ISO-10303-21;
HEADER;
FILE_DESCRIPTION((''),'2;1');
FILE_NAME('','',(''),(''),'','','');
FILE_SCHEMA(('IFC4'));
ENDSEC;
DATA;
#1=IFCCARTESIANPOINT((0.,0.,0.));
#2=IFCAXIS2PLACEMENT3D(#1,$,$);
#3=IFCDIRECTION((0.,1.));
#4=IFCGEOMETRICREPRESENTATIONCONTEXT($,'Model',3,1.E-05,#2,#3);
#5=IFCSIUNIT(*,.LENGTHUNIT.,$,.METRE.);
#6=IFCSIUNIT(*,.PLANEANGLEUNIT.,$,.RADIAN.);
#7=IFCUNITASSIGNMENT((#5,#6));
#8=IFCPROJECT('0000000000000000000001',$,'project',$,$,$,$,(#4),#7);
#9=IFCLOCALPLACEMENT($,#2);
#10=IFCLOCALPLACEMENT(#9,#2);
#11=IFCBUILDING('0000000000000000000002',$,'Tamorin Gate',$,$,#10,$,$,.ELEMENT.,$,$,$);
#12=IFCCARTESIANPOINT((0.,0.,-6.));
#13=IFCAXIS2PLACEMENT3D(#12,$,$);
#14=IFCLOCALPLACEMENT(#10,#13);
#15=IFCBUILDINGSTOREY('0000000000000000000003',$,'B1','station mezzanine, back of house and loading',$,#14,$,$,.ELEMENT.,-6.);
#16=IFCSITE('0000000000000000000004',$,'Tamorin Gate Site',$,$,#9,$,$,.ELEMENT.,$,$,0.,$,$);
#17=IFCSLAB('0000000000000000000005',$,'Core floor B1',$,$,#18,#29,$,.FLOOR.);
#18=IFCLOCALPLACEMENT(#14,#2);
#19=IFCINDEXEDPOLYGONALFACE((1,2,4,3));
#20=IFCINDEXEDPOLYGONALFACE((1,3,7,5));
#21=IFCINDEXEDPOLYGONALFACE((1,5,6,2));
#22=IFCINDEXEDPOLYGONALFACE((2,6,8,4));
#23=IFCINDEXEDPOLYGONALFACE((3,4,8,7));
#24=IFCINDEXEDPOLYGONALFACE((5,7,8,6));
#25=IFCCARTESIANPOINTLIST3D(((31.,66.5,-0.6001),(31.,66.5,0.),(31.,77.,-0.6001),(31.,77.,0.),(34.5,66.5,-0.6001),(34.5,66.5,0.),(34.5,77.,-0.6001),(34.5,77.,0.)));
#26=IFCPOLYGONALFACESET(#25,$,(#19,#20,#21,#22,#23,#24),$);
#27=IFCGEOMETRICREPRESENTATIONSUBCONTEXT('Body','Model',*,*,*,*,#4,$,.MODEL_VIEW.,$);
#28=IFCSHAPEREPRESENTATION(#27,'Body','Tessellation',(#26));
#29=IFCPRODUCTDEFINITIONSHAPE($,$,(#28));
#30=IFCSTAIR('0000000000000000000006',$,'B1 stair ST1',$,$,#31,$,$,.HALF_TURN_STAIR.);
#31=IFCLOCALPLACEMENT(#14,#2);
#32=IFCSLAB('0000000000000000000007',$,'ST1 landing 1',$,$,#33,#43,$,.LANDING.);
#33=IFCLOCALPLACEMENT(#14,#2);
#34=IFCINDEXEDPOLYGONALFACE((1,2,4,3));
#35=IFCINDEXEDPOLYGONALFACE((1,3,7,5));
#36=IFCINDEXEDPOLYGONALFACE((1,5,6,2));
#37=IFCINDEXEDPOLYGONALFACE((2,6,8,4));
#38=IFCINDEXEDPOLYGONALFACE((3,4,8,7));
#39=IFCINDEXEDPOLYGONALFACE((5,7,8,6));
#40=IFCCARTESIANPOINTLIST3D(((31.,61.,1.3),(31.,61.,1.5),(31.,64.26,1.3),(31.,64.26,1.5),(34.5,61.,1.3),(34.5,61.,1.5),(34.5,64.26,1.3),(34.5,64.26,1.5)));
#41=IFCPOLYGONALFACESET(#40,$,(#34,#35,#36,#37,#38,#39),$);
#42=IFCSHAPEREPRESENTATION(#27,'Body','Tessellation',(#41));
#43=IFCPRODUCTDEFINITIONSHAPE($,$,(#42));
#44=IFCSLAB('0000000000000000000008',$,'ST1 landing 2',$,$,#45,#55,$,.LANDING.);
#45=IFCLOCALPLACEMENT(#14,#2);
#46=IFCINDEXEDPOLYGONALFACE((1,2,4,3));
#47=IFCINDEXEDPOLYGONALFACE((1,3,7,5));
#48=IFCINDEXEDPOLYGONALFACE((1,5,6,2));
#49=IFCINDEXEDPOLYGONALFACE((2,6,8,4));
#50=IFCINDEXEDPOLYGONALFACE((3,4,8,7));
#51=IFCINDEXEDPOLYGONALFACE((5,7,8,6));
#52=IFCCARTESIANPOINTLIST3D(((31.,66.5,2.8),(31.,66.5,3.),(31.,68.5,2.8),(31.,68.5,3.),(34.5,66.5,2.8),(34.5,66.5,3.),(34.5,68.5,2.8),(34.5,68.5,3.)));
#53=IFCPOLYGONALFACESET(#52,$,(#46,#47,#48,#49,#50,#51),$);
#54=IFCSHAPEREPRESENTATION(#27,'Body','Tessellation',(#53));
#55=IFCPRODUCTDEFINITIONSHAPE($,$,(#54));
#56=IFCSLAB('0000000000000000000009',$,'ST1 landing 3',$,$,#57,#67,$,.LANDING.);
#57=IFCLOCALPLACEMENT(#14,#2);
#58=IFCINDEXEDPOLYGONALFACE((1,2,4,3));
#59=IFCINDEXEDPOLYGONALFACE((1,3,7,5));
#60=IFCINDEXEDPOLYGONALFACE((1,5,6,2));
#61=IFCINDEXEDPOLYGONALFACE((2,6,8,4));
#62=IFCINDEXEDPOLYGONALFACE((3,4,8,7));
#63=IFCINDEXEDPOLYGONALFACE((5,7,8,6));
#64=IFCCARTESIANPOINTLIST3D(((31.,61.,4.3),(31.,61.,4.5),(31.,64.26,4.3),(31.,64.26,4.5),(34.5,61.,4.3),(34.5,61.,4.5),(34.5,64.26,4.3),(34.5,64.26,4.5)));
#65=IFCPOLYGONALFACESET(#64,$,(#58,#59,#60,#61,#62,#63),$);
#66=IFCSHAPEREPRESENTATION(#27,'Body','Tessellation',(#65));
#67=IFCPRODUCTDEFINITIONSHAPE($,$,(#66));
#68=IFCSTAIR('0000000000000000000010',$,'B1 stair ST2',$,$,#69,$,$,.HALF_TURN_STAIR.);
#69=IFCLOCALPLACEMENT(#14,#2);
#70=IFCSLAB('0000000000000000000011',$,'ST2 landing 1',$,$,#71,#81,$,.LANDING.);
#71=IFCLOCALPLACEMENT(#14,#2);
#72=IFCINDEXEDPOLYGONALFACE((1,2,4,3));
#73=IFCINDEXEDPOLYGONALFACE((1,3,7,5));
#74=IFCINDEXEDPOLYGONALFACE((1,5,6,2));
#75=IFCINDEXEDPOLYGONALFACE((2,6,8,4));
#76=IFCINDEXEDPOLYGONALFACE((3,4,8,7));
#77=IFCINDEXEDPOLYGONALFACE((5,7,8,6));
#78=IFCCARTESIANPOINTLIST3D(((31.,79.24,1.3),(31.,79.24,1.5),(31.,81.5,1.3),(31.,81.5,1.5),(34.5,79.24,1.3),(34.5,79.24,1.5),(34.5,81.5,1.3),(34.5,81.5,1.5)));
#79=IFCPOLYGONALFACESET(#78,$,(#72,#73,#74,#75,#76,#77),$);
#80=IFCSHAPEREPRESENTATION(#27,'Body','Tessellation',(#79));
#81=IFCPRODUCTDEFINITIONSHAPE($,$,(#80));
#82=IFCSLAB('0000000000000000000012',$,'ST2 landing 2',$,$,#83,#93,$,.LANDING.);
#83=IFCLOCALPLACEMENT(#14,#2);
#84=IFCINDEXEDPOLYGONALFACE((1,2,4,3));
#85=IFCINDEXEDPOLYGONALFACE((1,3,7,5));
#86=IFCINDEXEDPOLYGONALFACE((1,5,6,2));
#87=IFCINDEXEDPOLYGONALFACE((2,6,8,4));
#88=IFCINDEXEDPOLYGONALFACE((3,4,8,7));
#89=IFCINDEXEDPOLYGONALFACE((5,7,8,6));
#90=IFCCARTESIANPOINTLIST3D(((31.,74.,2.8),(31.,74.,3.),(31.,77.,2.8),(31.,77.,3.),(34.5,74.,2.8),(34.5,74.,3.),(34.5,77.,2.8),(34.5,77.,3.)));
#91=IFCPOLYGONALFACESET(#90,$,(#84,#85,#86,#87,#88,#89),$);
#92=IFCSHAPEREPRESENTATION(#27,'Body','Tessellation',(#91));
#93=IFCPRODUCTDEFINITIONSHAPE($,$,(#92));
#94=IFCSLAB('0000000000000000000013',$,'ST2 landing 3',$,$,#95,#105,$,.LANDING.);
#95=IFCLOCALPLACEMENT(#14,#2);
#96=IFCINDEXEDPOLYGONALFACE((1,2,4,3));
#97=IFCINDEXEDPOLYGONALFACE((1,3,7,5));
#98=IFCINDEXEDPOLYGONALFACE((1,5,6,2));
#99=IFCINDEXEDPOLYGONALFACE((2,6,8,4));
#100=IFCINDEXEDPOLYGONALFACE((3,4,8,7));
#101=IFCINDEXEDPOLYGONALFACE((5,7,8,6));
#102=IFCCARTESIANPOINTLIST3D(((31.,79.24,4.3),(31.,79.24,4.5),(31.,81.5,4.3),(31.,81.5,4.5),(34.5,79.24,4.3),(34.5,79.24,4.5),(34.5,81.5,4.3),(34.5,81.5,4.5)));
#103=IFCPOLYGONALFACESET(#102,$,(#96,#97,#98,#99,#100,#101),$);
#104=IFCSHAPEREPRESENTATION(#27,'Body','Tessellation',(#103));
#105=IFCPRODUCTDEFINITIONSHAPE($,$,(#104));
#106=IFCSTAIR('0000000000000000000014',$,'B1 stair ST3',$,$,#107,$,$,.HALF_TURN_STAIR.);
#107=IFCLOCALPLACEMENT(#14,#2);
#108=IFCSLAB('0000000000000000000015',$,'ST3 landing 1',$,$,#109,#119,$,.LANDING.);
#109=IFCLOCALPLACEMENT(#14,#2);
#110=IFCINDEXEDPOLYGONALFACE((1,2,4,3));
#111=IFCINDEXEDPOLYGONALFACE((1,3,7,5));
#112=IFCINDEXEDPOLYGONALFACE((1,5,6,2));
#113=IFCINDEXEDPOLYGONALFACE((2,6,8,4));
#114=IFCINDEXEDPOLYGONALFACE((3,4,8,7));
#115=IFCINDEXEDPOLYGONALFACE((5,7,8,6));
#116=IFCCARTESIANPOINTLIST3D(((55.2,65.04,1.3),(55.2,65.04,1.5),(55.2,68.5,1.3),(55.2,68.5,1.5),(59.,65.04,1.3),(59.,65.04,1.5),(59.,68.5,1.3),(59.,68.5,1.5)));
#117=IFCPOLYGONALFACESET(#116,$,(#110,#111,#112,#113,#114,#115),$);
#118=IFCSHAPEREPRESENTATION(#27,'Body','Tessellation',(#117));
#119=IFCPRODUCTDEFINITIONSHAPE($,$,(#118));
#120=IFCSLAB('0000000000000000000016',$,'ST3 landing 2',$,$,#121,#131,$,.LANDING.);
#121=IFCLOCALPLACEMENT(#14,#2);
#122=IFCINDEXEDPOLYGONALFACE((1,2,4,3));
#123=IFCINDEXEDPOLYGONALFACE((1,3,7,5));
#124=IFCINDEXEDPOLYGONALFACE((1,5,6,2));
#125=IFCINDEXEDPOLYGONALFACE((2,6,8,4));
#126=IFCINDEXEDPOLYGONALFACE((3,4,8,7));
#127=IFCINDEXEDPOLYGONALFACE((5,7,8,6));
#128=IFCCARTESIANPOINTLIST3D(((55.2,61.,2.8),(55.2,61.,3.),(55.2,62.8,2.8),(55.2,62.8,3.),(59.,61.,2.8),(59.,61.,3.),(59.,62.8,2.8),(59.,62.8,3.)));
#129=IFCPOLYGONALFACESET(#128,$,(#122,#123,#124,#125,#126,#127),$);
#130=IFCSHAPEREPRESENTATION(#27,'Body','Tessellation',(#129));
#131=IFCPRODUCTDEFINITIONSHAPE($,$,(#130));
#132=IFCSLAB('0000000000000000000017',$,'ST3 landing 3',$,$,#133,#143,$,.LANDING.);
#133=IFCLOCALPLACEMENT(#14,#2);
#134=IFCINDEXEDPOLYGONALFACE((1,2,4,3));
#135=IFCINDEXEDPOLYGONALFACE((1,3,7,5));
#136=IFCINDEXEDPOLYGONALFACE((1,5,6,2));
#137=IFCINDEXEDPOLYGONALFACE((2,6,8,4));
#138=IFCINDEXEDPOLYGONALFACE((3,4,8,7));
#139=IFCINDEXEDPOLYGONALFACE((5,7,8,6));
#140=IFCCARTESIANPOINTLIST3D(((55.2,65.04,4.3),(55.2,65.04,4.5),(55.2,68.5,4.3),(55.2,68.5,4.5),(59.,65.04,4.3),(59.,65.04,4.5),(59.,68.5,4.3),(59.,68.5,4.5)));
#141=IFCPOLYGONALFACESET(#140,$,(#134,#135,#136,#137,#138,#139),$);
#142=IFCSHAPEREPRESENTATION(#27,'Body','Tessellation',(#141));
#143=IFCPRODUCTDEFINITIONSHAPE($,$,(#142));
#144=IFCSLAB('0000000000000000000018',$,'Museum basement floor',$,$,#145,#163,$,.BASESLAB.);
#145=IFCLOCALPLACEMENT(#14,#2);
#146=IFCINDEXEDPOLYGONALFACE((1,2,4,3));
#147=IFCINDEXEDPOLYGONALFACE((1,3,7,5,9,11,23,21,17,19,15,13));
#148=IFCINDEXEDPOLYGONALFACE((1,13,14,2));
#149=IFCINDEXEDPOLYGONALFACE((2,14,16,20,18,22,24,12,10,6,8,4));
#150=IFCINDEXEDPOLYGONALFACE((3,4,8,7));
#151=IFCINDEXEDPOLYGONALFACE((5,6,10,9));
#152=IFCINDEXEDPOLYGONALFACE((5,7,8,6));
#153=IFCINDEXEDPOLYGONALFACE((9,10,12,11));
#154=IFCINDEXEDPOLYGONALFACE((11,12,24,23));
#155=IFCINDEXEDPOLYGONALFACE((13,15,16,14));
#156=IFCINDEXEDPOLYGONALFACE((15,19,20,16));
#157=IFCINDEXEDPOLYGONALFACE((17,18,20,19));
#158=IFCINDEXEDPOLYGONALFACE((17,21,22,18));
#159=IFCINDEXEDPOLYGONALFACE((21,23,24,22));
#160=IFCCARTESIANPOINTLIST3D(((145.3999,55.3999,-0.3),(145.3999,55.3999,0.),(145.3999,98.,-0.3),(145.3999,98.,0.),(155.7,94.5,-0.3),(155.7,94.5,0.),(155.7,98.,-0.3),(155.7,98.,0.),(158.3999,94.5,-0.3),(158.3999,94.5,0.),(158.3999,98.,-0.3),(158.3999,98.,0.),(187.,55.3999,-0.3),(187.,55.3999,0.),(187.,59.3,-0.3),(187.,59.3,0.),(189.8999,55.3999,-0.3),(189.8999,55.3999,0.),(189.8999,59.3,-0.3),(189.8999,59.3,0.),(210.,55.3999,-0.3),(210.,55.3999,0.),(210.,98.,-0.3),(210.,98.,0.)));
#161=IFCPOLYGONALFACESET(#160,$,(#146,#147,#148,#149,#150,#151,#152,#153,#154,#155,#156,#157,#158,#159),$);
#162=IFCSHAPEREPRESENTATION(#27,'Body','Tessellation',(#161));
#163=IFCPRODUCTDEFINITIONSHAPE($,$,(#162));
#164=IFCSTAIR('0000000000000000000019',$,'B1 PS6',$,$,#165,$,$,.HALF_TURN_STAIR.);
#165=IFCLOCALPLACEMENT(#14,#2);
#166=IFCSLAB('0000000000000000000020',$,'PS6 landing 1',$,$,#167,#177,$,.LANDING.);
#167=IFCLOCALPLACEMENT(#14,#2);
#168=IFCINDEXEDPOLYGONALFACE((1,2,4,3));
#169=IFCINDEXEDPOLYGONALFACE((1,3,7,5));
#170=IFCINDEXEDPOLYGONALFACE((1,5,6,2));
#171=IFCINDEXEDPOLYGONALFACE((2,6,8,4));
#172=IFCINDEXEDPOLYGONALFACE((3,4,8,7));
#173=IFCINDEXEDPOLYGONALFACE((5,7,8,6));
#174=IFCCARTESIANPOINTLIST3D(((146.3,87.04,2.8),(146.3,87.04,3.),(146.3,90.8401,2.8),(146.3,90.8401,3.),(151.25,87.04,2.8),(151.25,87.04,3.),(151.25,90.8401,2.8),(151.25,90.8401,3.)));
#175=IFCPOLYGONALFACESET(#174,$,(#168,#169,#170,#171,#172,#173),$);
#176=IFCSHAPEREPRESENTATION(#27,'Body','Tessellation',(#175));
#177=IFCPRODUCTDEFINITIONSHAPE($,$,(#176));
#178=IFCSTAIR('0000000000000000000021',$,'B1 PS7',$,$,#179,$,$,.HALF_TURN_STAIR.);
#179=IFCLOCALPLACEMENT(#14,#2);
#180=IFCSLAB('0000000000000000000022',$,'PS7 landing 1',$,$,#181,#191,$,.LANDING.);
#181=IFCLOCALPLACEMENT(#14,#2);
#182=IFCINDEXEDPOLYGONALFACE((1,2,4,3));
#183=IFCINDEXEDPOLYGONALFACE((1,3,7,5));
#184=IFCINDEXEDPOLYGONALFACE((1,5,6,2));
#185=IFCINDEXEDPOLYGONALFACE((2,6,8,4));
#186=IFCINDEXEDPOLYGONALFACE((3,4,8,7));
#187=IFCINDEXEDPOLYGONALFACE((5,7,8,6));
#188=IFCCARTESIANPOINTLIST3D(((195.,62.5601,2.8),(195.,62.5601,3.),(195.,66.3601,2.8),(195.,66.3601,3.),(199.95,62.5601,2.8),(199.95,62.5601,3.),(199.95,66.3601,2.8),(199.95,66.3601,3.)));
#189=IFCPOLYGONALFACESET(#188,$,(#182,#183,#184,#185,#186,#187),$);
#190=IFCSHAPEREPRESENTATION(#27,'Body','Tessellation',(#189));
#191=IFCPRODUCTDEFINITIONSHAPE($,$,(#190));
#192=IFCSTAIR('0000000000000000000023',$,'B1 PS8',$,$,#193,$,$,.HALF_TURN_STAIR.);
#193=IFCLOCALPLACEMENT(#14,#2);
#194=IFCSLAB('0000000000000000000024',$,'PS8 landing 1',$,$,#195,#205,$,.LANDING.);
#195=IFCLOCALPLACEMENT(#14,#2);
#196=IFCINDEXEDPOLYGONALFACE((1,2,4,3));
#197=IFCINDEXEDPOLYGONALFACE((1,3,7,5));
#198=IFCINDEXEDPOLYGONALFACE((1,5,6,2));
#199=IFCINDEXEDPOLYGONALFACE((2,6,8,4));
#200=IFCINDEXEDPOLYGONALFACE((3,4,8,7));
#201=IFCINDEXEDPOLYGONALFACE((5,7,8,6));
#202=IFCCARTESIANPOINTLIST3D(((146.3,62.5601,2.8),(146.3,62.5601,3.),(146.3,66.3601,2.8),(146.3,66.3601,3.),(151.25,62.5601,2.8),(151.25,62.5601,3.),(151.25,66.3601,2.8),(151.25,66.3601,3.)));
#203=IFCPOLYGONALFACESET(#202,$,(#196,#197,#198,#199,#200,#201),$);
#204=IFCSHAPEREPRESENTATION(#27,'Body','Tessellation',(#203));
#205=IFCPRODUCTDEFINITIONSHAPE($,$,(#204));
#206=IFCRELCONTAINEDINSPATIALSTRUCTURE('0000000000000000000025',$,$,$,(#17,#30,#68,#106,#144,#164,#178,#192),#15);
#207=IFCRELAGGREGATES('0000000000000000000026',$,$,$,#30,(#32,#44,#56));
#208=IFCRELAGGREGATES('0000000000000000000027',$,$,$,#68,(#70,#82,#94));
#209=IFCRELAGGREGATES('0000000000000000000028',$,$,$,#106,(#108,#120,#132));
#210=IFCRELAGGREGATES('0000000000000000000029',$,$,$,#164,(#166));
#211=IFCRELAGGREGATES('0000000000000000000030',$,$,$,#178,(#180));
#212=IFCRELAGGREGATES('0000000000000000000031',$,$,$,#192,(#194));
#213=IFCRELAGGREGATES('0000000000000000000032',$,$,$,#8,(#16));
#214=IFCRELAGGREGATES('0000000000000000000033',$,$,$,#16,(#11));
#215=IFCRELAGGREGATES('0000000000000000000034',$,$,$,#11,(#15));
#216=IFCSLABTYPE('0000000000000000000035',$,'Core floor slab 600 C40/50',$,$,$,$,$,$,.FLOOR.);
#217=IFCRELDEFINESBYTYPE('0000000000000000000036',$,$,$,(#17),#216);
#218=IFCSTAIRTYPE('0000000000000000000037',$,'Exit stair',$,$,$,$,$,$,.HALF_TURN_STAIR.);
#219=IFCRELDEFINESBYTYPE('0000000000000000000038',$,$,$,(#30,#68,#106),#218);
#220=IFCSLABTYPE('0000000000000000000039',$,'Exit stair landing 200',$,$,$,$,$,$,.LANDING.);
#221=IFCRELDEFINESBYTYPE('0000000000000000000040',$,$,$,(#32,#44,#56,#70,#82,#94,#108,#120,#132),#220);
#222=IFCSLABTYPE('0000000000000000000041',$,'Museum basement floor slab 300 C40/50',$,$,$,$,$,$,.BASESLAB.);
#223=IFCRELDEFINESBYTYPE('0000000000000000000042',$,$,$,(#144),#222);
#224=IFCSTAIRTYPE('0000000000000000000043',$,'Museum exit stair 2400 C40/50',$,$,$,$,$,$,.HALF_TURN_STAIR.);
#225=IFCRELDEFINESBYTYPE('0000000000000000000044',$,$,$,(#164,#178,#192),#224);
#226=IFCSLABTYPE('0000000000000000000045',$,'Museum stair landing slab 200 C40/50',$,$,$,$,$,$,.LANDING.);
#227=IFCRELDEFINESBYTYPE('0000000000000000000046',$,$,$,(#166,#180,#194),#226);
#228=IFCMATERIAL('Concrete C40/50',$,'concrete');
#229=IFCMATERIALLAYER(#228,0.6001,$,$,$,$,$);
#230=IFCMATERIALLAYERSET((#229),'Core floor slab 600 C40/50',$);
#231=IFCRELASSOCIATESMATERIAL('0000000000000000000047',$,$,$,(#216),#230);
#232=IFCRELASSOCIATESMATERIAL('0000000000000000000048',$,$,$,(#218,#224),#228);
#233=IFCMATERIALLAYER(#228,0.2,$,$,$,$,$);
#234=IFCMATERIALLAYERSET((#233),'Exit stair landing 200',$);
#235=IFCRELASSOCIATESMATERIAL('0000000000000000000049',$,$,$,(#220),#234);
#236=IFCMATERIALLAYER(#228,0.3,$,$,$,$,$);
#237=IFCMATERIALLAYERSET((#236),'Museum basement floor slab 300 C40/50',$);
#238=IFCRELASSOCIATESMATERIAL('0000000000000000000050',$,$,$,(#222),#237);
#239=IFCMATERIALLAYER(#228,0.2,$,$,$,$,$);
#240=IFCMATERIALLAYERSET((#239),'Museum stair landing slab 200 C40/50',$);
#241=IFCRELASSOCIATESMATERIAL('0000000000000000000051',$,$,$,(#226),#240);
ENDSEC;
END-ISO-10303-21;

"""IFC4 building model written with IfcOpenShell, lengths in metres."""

from ifc_helpers import new_model, si_unit, direction, frame, origin, place, context, subcontext, project, spatial, polyline, outline, extrude, material, layer, layer_set, type_object, element, aggregate, save


model = new_model("IFC4")

# Units and contexts
model_context = context("Model", 3, precision=1e-05, world=origin(), true_north=direction((0.0, 1.0)))
body_context = subcontext(model_context, "Body", "Model", "MODEL_VIEW")
ifc_project = project(units=[si_unit("LENGTHUNIT", "METRE"), si_unit("PLANEANGLEUNIT", "RADIAN")], contexts=[model_context])

# Site, building, storey
site_placement = place(None, origin())
site = spatial("IfcSite", under=ifc_project, at=site_placement, Name="Tamorin Gate Site", CompositionType="ELEMENT", RefElevation=0.0)
building_placement = place(site_placement, origin())
building = spatial("IfcBuilding", under=site, at=building_placement, Name="Tamorin Gate", CompositionType="ELEMENT")
storey_placement = place(building_placement, frame((0.0, 0.0, -6.0)))
storey = spatial("IfcBuildingStorey", under=building, at=storey_placement, Name="B1", Description="station mezzanine, back of house and loading", CompositionType="ELEMENT", Elevation=-6.0)

# Shared definitions
ifc_material_1 = material(Name="Concrete C40/50", Category="concrete")

# Slab
ifc_layer_1 = layer(ifc_material_1, 0.6001)
ifc_layer_set_1 = layer_set([ifc_layer_1], Name="Core floor slab 600 C40/50")
slab_type_1 = type_object("IfcSlabType", Name="Core floor slab 600 C40/50", PredefinedType="FLOOR", material=ifc_layer_set_1)
slab_1_placement = place(storey_placement, frame((0.0, 0.0, -0.6001)))
element("IfcSlab", 1, at=slab_1_placement, inside=storey, type_object=slab_type_1, Name="Core floor B1", PredefinedType="FLOOR", context=body_context, shape_type="SweptSolid", body=[
    extrude(outline(polyline([(34.5, 77.0), (34.5, 66.5), (31.0, 66.5), (31.0, 77.0), (34.5, 77.0)])), origin(), (0.0, 0.0, 1.0), 0.6001),
])

# Stairs, slabs
stair_type_1 = type_object("IfcStairType", Name="Exit stair", PredefinedType="HALF_TURN_STAIR", material=ifc_material_1)
stair_1_placement = place(storey_placement, origin())
stair_1 = element("IfcStair", 2, at=stair_1_placement, inside=storey, type_object=stair_type_1, Name="B1 stair ST1", PredefinedType="HALF_TURN_STAIR")
ifc_layer_2 = layer(ifc_material_1, 0.2)
ifc_layer_set_2 = layer_set([ifc_layer_2], Name="Exit stair landing 200")
slab_type_2 = type_object("IfcSlabType", Name="Exit stair landing 200", PredefinedType="LANDING", material=ifc_layer_set_2)
slab_2_placement = place(storey_placement, frame((0.0, 0.0, 1.3)))
slab_2 = element("IfcSlab", 3, at=slab_2_placement, type_object=slab_type_2, Name="ST1 landing 1", PredefinedType="LANDING", context=body_context, shape_type="SweptSolid", body=[
    extrude(outline(polyline([(31.0, 64.26), (31.0, 61.0), (34.5, 61.0), (34.5, 64.26), (31.0, 64.26)])), origin(), (0.0, 0.0, 1.0), 0.2),
])
slab_3_placement = place(storey_placement, frame((0.0, 0.0, 2.8)))
slab_3 = element("IfcSlab", 4, at=slab_3_placement, type_object=slab_type_2, Name="ST1 landing 2", PredefinedType="LANDING", context=body_context, shape_type="SweptSolid", body=[
    extrude(outline(polyline([(31.0, 68.5), (31.0, 66.5), (34.5, 66.5), (34.5, 68.5), (31.0, 68.5)])), origin(), (0.0, 0.0, 1.0), 0.2),
])
slab_4_placement = place(storey_placement, frame((0.0, 0.0, 4.3)))
slab_4 = element("IfcSlab", 5, at=slab_4_placement, type_object=slab_type_2, Name="ST1 landing 3", PredefinedType="LANDING", context=body_context, shape_type="SweptSolid", body=[
    extrude(outline(polyline([(31.0, 64.26), (31.0, 61.0), (34.5, 61.0), (34.5, 64.26), (31.0, 64.26)])), origin(), (0.0, 0.0, 1.0), 0.2),
])
aggregate(stair_1, [slab_2, slab_3, slab_4])
stair_2_placement = place(storey_placement, origin())
stair_2 = element("IfcStair", 6, at=stair_2_placement, inside=storey, type_object=stair_type_1, Name="B1 stair ST2", PredefinedType="HALF_TURN_STAIR")
slab_5_placement = place(storey_placement, frame((0.0, 0.0, 1.3)))
slab_5 = element("IfcSlab", 7, at=slab_5_placement, type_object=slab_type_2, Name="ST2 landing 1", PredefinedType="LANDING", context=body_context, shape_type="SweptSolid", body=[
    extrude(outline(polyline([(34.5, 79.24), (34.5, 81.5), (31.0, 81.5), (31.0, 79.24), (34.5, 79.24)])), origin(), (0.0, 0.0, 1.0), 0.2),
])
slab_6_placement = place(storey_placement, frame((0.0, 0.0, 2.8)))
slab_6 = element("IfcSlab", 8, at=slab_6_placement, type_object=slab_type_2, Name="ST2 landing 2", PredefinedType="LANDING", context=body_context, shape_type="SweptSolid", body=[
    extrude(outline(polyline([(34.5, 74.0), (34.5, 77.0), (31.0, 77.0), (31.0, 74.0), (34.5, 74.0)])), origin(), (0.0, 0.0, 1.0), 0.2),
])
slab_7_placement = place(storey_placement, frame((0.0, 0.0, 4.3)))
slab_7 = element("IfcSlab", 9, at=slab_7_placement, type_object=slab_type_2, Name="ST2 landing 3", PredefinedType="LANDING", context=body_context, shape_type="SweptSolid", body=[
    extrude(outline(polyline([(34.5, 79.24), (34.5, 81.5), (31.0, 81.5), (31.0, 79.24), (34.5, 79.24)])), origin(), (0.0, 0.0, 1.0), 0.2),
])
aggregate(stair_2, [slab_5, slab_6, slab_7])
stair_3_placement = place(storey_placement, origin())
stair_3 = element("IfcStair", 10, at=stair_3_placement, inside=storey, type_object=stair_type_1, Name="B1 stair ST3", PredefinedType="HALF_TURN_STAIR")
slab_8_placement = place(storey_placement, frame((0.0, 0.0, 1.3)))
slab_8 = element("IfcSlab", 11, at=slab_8_placement, type_object=slab_type_2, Name="ST3 landing 1", PredefinedType="LANDING", context=body_context, shape_type="SweptSolid", body=[
    extrude(outline(polyline([(59.0, 65.04), (59.0, 68.5), (55.2, 68.5), (55.2, 65.04), (59.0, 65.04)])), origin(), (0.0, 0.0, 1.0), 0.2),
])
slab_9_placement = place(storey_placement, frame((0.0, 0.0, 2.8)))
slab_9 = element("IfcSlab", 12, at=slab_9_placement, type_object=slab_type_2, Name="ST3 landing 2", PredefinedType="LANDING", context=body_context, shape_type="SweptSolid", body=[
    extrude(outline(polyline([(59.0, 61.0), (59.0, 62.8), (55.2, 62.8), (55.2, 61.0), (59.0, 61.0)])), origin(), (0.0, 0.0, 1.0), 0.2),
])
slab_10_placement = place(storey_placement, frame((0.0, 0.0, 4.3)))
slab_10 = element("IfcSlab", 13, at=slab_10_placement, type_object=slab_type_2, Name="ST3 landing 3", PredefinedType="LANDING", context=body_context, shape_type="SweptSolid", body=[
    extrude(outline(polyline([(59.0, 65.04), (59.0, 68.5), (55.2, 68.5), (55.2, 65.04), (59.0, 65.04)])), origin(), (0.0, 0.0, 1.0), 0.2),
])
aggregate(stair_3, [slab_8, slab_9, slab_10])

# Slab
ifc_layer_3 = layer(ifc_material_1, 0.3)
ifc_layer_set_3 = layer_set([ifc_layer_3], Name="Museum basement floor slab 300 C40/50")
slab_type_3 = type_object("IfcSlabType", Name="Museum basement floor slab 300 C40/50", PredefinedType="BASESLAB", material=ifc_layer_set_3)
slab_11_placement = place(storey_placement, frame((0.0, 0.0, -0.3)))
element("IfcSlab", 14, at=slab_11_placement, inside=storey, type_object=slab_type_3, Name="Museum basement floor", PredefinedType="BASESLAB", context=body_context, shape_type="SweptSolid", body=[
    extrude(outline(polyline([(210.0, 98.0), (210.0, 55.3999), (189.8999, 55.3999), (189.8999, 59.3), (187.0, 59.3), (187.0, 55.3999), (145.3999, 55.3999), (145.3999, 98.0), (155.7, 98.0), (155.7, 94.5), (158.3999, 94.5), (158.3999, 98.0), (210.0, 98.0)])), origin(), (0.0, 0.0, 1.0), 0.3),
])

# Stairs, slabs
stair_type_2 = type_object("IfcStairType", Name="Museum exit stair 2400 C40/50", PredefinedType="HALF_TURN_STAIR", material=ifc_material_1)
stair_4_placement = place(storey_placement, origin())
stair_4 = element("IfcStair", 15, at=stair_4_placement, inside=storey, type_object=stair_type_2, Name="B1 PS6", PredefinedType="HALF_TURN_STAIR")
ifc_layer_4 = layer(ifc_material_1, 0.2)
ifc_layer_set_4 = layer_set([ifc_layer_4], Name="Museum stair landing slab 200 C40/50")
slab_type_4 = type_object("IfcSlabType", Name="Museum stair landing slab 200 C40/50", PredefinedType="LANDING", material=ifc_layer_set_4)
slab_12_placement = place(storey_placement, frame((0.0, 0.0, 2.8)))
slab_12 = element("IfcSlab", 16, at=slab_12_placement, type_object=slab_type_4, Name="PS6 landing 1", PredefinedType="LANDING", context=body_context, shape_type="SweptSolid", body=[
    extrude(outline(polyline([(146.3, 90.8401), (146.3, 87.04), (151.25, 87.04), (151.25, 90.8401), (146.3, 90.8401)])), origin(), (0.0, 0.0, 1.0), 0.2),
])
aggregate(stair_4, [slab_12])
stair_5_placement = place(storey_placement, origin())
stair_5 = element("IfcStair", 17, at=stair_5_placement, inside=storey, type_object=stair_type_2, Name="B1 PS7", PredefinedType="HALF_TURN_STAIR")
slab_13_placement = place(storey_placement, frame((0.0, 0.0, 2.8)))
slab_13 = element("IfcSlab", 18, at=slab_13_placement, type_object=slab_type_4, Name="PS7 landing 1", PredefinedType="LANDING", context=body_context, shape_type="SweptSolid", body=[
    extrude(outline(polyline([(199.95, 62.5601), (199.95, 66.3601), (195.0, 66.3601), (195.0, 62.5601), (199.95, 62.5601)])), origin(), (0.0, 0.0, 1.0), 0.2),
])
aggregate(stair_5, [slab_13])
stair_6_placement = place(storey_placement, origin())
stair_6 = element("IfcStair", 19, at=stair_6_placement, inside=storey, type_object=stair_type_2, Name="B1 PS8", PredefinedType="HALF_TURN_STAIR")
slab_14_placement = place(storey_placement, frame((0.0, 0.0, 2.8)))
slab_14 = element("IfcSlab", 20, at=slab_14_placement, type_object=slab_type_4, Name="PS8 landing 1", PredefinedType="LANDING", context=body_context, shape_type="SweptSolid", body=[
    extrude(outline(polyline([(151.25, 62.5601), (151.25, 66.3601), (146.3, 66.3601), (146.3, 62.5601), (151.25, 62.5601)])), origin(), (0.0, 0.0, 1.0), 0.2),
])
aggregate(stair_6, [slab_14])

save(model, "model.ifc")
